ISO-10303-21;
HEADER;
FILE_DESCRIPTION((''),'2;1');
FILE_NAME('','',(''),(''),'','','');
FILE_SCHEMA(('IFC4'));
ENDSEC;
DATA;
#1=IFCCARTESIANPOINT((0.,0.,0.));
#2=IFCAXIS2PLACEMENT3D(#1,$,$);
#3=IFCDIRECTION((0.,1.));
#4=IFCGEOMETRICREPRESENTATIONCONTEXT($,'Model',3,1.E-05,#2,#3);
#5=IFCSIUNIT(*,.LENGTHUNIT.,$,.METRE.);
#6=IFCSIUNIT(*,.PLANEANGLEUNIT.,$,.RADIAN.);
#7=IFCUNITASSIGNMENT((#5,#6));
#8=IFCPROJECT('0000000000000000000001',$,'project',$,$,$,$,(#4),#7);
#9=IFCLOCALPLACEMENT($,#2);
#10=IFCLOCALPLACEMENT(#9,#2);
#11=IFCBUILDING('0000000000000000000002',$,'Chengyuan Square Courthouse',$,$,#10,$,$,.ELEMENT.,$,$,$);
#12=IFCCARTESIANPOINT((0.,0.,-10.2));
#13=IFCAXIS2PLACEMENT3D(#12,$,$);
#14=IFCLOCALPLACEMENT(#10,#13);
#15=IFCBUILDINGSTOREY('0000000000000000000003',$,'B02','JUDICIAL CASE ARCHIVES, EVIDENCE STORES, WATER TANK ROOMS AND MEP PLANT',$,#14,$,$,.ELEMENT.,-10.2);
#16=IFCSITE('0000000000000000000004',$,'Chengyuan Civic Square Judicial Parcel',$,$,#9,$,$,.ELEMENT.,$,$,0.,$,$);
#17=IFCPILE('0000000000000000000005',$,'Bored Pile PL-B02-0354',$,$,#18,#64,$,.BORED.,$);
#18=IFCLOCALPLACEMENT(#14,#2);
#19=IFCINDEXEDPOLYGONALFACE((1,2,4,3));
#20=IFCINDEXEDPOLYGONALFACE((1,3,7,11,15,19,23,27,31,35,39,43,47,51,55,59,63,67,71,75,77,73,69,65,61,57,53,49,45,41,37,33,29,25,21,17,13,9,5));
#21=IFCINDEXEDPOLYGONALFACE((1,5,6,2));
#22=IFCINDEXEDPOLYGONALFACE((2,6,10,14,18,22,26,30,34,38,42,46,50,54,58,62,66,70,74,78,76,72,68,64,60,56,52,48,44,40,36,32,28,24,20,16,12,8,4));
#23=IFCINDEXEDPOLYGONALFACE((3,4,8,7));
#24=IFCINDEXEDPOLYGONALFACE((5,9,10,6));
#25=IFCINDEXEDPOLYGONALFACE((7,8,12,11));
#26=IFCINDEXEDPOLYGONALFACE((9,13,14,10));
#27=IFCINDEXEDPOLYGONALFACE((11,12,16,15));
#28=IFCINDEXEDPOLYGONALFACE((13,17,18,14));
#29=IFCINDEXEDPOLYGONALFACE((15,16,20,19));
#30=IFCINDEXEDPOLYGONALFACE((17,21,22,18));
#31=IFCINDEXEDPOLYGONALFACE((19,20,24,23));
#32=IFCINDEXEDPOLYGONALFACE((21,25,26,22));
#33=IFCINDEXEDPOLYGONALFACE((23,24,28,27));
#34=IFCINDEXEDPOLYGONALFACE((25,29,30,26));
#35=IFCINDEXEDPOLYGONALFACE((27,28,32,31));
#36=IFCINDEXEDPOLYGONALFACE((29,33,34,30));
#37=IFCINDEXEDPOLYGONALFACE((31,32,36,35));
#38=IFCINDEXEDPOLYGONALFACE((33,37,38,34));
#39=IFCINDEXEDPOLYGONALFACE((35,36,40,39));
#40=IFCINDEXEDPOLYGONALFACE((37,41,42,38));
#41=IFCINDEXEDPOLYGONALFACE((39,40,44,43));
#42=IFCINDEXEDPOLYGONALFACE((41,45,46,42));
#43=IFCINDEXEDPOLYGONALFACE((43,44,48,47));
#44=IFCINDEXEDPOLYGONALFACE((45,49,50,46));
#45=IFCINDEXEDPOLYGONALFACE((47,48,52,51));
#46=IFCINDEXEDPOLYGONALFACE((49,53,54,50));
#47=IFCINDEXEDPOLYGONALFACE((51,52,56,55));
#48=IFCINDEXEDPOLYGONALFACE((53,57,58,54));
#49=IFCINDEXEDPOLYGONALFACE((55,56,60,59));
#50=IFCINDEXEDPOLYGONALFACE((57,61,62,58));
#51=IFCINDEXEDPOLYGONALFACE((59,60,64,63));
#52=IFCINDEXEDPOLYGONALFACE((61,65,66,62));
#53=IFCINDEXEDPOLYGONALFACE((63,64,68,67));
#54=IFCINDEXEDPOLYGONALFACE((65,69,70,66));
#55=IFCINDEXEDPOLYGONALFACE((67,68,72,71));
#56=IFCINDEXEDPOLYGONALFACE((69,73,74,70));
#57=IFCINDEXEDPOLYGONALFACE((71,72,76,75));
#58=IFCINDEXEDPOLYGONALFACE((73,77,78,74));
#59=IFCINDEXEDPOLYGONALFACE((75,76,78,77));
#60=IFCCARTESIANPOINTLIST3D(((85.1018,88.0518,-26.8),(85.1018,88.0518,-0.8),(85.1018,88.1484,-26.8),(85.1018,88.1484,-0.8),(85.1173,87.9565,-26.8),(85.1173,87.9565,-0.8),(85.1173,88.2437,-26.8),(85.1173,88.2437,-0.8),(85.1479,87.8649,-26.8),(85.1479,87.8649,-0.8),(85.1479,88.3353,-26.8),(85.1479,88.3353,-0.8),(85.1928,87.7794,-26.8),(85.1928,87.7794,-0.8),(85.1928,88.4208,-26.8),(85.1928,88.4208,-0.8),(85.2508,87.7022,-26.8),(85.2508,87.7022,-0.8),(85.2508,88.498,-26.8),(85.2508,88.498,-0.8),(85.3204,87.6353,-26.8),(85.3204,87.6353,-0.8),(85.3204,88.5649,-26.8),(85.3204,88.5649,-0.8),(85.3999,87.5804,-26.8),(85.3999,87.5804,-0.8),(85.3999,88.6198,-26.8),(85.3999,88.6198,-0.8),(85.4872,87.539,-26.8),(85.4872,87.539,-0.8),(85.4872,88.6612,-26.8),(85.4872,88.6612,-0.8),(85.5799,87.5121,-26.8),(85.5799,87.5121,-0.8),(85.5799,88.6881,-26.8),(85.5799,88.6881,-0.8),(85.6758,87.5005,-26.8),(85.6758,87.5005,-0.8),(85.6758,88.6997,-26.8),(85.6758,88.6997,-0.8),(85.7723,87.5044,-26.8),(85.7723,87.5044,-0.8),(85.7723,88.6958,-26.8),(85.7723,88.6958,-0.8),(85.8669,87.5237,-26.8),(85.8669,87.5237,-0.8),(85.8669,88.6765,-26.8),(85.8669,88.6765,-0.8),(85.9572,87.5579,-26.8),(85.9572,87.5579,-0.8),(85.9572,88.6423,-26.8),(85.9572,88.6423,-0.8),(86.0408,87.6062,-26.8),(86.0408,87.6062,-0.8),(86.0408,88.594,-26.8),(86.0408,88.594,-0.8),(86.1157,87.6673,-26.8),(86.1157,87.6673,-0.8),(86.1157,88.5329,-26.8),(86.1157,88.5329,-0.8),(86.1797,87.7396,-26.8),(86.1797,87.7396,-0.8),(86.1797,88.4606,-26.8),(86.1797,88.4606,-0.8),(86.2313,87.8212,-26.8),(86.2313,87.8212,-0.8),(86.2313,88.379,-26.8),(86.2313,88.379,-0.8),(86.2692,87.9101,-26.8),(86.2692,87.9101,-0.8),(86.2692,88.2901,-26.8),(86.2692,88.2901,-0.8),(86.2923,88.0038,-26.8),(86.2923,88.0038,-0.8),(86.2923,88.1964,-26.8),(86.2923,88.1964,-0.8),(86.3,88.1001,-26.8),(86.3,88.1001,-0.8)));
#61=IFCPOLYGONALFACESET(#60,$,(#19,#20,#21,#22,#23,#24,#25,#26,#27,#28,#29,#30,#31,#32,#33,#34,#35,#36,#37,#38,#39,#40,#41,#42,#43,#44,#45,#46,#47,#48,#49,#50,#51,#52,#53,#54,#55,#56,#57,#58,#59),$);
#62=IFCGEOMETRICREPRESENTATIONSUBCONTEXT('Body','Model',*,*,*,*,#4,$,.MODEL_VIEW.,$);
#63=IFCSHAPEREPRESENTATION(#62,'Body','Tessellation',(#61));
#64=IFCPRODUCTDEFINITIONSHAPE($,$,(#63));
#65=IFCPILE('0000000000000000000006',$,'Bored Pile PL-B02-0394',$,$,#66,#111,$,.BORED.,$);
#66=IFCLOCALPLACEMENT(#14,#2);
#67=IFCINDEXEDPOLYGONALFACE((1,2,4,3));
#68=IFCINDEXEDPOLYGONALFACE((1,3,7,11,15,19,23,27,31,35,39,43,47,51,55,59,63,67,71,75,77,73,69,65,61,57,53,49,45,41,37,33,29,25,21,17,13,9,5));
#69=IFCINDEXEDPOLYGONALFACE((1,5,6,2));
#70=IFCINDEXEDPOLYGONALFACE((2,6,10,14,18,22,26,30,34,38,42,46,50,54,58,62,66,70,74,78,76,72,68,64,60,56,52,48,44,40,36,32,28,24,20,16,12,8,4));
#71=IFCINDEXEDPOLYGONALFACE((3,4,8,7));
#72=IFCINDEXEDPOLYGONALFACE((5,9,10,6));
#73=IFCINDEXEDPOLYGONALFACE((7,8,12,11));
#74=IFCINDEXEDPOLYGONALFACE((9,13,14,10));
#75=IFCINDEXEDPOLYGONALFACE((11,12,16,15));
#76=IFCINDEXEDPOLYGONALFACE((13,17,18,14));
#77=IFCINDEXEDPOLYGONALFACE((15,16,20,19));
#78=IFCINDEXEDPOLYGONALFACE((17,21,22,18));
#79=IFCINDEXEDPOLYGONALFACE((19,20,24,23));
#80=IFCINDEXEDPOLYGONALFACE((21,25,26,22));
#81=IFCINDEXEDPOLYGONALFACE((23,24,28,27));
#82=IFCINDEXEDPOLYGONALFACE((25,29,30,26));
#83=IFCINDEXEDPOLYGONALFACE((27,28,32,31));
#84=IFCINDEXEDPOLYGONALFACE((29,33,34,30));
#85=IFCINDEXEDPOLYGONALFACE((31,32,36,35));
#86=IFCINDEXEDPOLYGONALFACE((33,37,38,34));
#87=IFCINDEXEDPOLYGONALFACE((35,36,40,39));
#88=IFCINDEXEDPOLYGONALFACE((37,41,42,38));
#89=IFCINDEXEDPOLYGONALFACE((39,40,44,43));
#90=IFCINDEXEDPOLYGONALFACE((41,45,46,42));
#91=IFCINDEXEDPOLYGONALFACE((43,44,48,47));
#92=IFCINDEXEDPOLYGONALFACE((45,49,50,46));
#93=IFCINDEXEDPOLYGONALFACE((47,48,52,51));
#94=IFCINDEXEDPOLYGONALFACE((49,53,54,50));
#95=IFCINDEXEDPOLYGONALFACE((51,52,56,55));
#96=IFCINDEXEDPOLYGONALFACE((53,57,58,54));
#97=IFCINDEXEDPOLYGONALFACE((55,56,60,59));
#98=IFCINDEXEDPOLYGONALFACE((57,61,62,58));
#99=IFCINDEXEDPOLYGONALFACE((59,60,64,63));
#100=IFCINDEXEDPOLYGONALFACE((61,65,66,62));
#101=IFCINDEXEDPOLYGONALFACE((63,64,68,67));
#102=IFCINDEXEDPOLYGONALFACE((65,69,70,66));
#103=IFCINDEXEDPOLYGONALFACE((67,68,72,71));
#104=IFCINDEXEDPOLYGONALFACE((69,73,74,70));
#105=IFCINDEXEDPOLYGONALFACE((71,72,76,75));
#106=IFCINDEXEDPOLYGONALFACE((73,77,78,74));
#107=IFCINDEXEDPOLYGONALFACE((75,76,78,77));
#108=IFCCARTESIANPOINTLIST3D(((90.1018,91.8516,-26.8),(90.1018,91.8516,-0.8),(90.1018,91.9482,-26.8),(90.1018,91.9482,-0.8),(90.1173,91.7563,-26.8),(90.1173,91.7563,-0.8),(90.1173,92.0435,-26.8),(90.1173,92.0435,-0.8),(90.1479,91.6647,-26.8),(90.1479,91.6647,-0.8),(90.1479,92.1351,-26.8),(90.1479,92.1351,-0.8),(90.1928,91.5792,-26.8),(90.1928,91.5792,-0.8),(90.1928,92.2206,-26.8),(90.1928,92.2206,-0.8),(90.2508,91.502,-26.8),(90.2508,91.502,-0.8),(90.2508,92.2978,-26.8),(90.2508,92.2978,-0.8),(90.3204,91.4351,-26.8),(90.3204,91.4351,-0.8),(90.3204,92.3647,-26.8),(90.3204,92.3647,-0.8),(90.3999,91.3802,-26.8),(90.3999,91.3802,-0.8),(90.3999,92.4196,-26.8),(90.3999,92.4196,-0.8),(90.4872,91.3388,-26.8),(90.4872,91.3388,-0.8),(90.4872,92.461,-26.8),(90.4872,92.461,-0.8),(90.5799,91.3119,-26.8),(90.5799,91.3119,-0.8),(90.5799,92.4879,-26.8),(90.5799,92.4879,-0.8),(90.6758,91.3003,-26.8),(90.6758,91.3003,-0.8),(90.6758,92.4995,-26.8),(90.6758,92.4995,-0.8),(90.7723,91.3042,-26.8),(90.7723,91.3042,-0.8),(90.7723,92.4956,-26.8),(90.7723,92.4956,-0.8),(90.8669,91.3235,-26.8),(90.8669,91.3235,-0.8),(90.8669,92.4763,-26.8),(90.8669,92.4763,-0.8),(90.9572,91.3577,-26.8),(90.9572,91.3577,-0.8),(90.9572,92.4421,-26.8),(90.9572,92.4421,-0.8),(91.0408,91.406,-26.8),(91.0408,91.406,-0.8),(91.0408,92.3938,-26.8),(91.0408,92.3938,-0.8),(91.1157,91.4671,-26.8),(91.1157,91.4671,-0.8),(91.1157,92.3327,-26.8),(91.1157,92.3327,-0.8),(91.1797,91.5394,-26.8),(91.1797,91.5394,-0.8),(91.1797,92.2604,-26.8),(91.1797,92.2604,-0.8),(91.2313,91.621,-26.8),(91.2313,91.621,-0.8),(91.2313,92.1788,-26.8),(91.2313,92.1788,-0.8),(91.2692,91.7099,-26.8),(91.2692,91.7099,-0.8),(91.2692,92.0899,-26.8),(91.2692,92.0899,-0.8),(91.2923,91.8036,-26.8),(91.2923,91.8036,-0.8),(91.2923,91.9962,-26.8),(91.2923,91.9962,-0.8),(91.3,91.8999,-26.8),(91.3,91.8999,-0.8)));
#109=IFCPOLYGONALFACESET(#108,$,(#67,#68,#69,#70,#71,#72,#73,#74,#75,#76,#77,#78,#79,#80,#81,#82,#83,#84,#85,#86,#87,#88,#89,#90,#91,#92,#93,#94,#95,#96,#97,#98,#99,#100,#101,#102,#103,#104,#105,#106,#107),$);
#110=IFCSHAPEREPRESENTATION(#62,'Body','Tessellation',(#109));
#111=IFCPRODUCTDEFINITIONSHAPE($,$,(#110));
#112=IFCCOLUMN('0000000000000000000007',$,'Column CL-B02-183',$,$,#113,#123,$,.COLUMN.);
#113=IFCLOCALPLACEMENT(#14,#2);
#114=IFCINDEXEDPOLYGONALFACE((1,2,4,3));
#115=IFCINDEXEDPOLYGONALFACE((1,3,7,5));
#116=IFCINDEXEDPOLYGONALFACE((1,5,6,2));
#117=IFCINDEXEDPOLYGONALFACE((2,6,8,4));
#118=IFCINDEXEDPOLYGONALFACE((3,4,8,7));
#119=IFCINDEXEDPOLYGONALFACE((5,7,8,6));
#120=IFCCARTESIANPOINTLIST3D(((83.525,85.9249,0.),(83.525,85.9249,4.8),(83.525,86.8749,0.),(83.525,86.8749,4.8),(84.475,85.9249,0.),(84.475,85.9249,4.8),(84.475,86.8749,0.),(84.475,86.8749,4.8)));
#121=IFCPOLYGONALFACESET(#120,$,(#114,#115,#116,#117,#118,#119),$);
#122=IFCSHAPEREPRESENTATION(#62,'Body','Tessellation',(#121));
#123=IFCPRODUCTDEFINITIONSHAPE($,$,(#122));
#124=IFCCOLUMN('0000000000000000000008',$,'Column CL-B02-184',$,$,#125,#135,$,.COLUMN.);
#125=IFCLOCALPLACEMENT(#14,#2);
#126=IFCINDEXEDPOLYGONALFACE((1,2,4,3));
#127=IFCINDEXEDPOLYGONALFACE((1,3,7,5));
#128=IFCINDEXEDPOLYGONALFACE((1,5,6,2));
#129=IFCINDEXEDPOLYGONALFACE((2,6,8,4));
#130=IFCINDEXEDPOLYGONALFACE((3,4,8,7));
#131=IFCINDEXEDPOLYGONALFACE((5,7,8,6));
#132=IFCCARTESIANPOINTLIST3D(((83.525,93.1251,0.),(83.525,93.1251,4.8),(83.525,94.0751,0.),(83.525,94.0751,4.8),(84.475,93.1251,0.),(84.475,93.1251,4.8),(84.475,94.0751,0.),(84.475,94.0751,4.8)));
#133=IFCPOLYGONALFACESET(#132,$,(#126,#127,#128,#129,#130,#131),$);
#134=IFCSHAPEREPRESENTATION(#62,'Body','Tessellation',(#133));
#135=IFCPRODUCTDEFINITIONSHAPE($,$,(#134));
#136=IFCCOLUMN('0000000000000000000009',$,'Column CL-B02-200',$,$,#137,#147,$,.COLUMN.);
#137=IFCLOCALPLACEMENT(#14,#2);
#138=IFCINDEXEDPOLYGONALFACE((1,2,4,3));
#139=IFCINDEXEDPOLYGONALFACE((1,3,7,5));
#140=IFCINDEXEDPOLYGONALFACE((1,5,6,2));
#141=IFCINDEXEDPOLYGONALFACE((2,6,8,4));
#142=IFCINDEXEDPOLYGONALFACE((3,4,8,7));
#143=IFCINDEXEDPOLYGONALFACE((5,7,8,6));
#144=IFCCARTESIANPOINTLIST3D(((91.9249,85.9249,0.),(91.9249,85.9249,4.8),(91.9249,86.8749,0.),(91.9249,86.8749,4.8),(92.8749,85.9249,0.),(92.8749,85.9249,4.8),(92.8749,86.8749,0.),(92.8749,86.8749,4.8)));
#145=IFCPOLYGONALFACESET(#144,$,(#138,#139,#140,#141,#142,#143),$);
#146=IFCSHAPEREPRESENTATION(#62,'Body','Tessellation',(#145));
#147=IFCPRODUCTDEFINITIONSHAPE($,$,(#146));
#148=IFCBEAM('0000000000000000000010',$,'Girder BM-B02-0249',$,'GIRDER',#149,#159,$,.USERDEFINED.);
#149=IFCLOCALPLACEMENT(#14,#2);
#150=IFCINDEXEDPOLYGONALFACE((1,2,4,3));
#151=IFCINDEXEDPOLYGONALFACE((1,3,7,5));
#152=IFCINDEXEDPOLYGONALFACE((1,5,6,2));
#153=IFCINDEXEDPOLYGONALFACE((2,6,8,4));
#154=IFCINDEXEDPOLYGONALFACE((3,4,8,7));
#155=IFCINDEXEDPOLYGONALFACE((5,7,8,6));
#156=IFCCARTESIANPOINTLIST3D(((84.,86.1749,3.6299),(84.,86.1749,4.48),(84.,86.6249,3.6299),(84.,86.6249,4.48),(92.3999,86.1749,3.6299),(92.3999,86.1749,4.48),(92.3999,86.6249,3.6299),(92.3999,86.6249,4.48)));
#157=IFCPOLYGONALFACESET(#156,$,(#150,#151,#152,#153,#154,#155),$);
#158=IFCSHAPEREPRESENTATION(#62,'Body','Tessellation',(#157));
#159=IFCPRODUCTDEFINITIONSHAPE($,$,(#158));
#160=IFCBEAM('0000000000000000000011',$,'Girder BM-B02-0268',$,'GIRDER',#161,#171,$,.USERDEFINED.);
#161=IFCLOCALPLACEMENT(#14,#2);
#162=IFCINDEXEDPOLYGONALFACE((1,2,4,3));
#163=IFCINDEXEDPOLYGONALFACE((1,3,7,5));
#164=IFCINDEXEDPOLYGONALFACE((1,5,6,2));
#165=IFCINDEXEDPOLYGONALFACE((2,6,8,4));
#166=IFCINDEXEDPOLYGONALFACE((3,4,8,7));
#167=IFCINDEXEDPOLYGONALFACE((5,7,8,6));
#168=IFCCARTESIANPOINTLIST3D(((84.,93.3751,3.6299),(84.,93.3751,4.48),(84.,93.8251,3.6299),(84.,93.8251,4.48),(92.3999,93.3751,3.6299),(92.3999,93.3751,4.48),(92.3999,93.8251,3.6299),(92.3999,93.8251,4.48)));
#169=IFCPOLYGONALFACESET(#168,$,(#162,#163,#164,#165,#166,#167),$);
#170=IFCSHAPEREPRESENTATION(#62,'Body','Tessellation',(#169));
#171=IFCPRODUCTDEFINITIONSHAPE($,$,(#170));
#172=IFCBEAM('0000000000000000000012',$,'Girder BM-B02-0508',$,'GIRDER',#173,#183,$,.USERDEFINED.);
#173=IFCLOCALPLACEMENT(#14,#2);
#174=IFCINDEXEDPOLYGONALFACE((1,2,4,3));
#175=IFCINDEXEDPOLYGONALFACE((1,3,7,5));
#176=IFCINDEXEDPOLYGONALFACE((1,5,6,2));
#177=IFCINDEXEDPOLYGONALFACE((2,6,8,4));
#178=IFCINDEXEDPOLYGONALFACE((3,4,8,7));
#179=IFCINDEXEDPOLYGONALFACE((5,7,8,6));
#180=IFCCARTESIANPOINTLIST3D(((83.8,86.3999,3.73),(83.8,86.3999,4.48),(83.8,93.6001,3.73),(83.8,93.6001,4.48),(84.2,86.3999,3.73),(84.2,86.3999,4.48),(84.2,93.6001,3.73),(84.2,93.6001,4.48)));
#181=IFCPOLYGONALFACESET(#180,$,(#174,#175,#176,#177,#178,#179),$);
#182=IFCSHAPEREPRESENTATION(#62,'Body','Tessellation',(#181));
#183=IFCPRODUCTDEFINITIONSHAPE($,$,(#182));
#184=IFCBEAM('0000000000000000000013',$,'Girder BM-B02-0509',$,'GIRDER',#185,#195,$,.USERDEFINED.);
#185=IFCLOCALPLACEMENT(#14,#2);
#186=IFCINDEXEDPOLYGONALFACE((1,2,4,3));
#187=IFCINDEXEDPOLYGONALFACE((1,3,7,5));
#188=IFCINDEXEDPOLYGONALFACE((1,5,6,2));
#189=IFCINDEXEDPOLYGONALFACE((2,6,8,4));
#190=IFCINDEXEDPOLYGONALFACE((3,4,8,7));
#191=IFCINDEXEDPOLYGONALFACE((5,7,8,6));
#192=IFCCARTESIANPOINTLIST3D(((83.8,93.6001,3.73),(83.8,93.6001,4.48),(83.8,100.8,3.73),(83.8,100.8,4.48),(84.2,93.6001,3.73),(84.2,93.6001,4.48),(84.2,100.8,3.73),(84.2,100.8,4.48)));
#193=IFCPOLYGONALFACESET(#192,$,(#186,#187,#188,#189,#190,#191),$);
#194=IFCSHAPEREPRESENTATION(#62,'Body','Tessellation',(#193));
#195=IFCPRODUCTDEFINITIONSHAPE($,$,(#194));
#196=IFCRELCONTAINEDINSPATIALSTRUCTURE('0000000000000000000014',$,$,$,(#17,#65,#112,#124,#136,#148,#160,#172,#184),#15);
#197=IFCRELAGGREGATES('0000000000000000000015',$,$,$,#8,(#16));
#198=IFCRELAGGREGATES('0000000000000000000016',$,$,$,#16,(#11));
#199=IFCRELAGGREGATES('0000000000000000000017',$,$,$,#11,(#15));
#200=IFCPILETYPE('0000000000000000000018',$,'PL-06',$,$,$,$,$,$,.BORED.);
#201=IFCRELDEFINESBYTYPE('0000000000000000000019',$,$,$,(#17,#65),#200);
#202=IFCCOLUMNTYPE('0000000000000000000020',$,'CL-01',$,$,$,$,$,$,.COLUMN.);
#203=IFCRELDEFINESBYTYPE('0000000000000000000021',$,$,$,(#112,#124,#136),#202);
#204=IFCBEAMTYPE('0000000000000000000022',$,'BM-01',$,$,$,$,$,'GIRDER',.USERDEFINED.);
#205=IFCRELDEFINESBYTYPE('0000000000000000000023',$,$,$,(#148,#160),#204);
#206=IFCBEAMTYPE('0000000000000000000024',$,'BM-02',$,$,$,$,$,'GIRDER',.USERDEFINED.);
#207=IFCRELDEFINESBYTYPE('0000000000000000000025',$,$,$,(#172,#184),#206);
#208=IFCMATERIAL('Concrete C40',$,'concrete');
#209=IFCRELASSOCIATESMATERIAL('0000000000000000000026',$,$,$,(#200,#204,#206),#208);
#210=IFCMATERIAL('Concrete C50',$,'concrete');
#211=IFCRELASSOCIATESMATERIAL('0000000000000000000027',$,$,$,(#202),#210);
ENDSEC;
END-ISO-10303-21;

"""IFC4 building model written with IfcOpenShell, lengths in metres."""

from ifc_helpers import new_model, si_unit, direction, frame, origin, origin_2d, place, context, subcontext, project, spatial, rectangle, circle, extrude, material, material_profile, profile_set, type_object, element, save


model = new_model("IFC4")

# Units and contexts
model_context = context("Model", 3, precision=1e-05, world=origin(), true_north=direction((0.0, 1.0)))
body_context = subcontext(model_context, "Body", "Model", "MODEL_VIEW")
ifc_project = project(units=[si_unit("LENGTHUNIT", "METRE"), si_unit("PLANEANGLEUNIT", "RADIAN")], contexts=[model_context])

# Site, building, storey
site_placement = place(None, origin())
site = spatial("IfcSite", under=ifc_project, at=site_placement, Name="Chengyuan Civic Square Judicial Parcel", CompositionType="ELEMENT", RefElevation=0.0)
building_placement = place(site_placement, origin())
building = spatial("IfcBuilding", under=site, at=building_placement, Name="Chengyuan Square Courthouse", CompositionType="ELEMENT")
storey_placement = place(building_placement, frame((0.0, 0.0, -10.2)))
storey = spatial("IfcBuildingStorey", under=building, at=storey_placement, Name="B02", Description="JUDICIAL CASE ARCHIVES, EVIDENCE STORES, WATER TANK ROOMS AND MEP PLANT", CompositionType="ELEMENT", Elevation=-10.2)

# Shared definitions
ifc_material_1 = material(Name="Concrete C40", Category="concrete")

# Piles
ifc_material_profile_1 = material_profile(ifc_material_1, circle(Radius=0.6001, at=origin_2d()), Name="BORED PILE D1200")
ifc_profile_set_1 = profile_set([ifc_material_profile_1], Name="Concrete C40")
pile_type_1 = type_object("IfcPileType", Name="PL-06", PredefinedType="BORED", material=ifc_profile_set_1)
for number, where, z_axis, x_axis, name in (
    (1, (85.7, 88.1001, -0.8), (0.0, 0.0, -1.0), (1.0, 0.0, 0.0), "Bored Pile PL-B02-0354"),
    (2, (90.7, 91.8999, -0.8), (0.0, 0.0, -1.0), (1.0, 0.0, 0.0), "Bored Pile PL-B02-0394"),
):
    element("IfcPile", number, at=place(storey_placement, frame(where, z_axis=z_axis, x_axis=x_axis)), inside=storey, type_object=pile_type_1, Name=name, PredefinedType="BORED", context=body_context, shape_type="SweptSolid", body=[
        extrude(circle(Radius=0.6001, at=origin_2d()), origin(), (0.0, 0.0, 1.0), 26.0),
    ])

# Columns
ifc_material_2 = material(Name="Concrete C50", Category="concrete")
ifc_material_profile_2 = material_profile(ifc_material_2, rectangle(XDim=0.95, YDim=0.95, at=origin_2d()), Name="RC-COL-950x950")
ifc_profile_set_2 = profile_set([ifc_material_profile_2], Name="Concrete C50")
column_type = type_object("IfcColumnType", Name="CL-01", PredefinedType="COLUMN", material=ifc_profile_set_2)
for number, where, z_axis, x_axis, name in (
    (3, (84.0, 86.3999, 0.0), (0.0, 0.0, 1.0), (1.0, 0.0, 0.0), "Column CL-B02-183"),
    (4, (84.0, 93.6001, 0.0), (0.0, 0.0, 1.0), (1.0, 0.0, 0.0), "Column CL-B02-184"),
    (5, (92.3999, 86.3999, 0.0), (0.0, 0.0, 1.0), (1.0, 0.0, 0.0), "Column CL-B02-200"),
):
    element("IfcColumn", number, at=place(storey_placement, frame(where, z_axis=z_axis, x_axis=x_axis)), inside=storey, type_object=column_type, Name=name, PredefinedType="COLUMN", context=body_context, shape_type="SweptSolid", body=[
        extrude(rectangle(XDim=0.95, YDim=0.95, at=origin_2d()), origin(), (0.0, 0.0, 1.0), 4.8),
    ])

# Beams
ifc_material_profile_3 = material_profile(ifc_material_1, rectangle(XDim=0.45, YDim=0.8501, at=origin_2d()), Name="RC-BM-450x850")
ifc_profile_set_3 = profile_set([ifc_material_profile_3], Name="Concrete C40")
beam_type_1 = type_object("IfcBeamType", Name="BM-01", ElementType="GIRDER", PredefinedType="USERDEFINED", material=ifc_profile_set_3)
for number, where, z_axis, x_axis, name in (
    (6, (84.0, 86.3999, 4.0549), (1.0, 0.0, 0.0), (0.0, 1.0, 0.0), "Girder BM-B02-0249"),
    (7, (84.0, 93.6001, 4.0549), (1.0, 0.0, 0.0), (0.0, 1.0, 0.0), "Girder BM-B02-0268"),
):
    element("IfcBeam", number, at=place(storey_placement, frame(where, z_axis=z_axis, x_axis=x_axis)), inside=storey, type_object=beam_type_1, Name=name, ObjectType="GIRDER", PredefinedType="USERDEFINED", context=body_context, shape_type="SweptSolid", body=[
        extrude(rectangle(XDim=0.45, YDim=0.8501, at=origin_2d()), origin(), (0.0, 0.0, 1.0), 8.3999),
    ])
ifc_material_profile_4 = material_profile(ifc_material_1, rectangle(XDim=0.3999, YDim=0.75, at=origin_2d()), Name="RC-BM-400x750")
ifc_profile_set_4 = profile_set([ifc_material_profile_4], Name="Concrete C40")
beam_type_2 = type_object("IfcBeamType", Name="BM-02", ElementType="GIRDER", PredefinedType="USERDEFINED", material=ifc_profile_set_4)
beam_1_placement = place(storey_placement, frame((84.0, 86.3999, 4.105), z_axis=(0.0, 1.0, 0.0), x_axis=(-1.0, 0.0, 0.0)))
element("IfcBeam", 8, at=beam_1_placement, inside=storey, type_object=beam_type_2, Name="Girder BM-B02-0508", ObjectType="GIRDER", PredefinedType="USERDEFINED", context=body_context, shape_type="SweptSolid", body=[
    extrude(rectangle(XDim=0.3999, YDim=0.75, at=origin_2d()), origin(), (0.0, 0.0, 1.0), 7.2002),
])
beam_2_placement = place(storey_placement, frame((84.0, 93.6001, 4.105), z_axis=(0.0, 1.0, 0.0), x_axis=(-1.0, 0.0, 0.0)))
element("IfcBeam", 9, at=beam_2_placement, inside=storey, type_object=beam_type_2, Name="Girder BM-B02-0509", ObjectType="GIRDER", PredefinedType="USERDEFINED", context=body_context, shape_type="SweptSolid", body=[
    extrude(rectangle(XDim=0.3999, YDim=0.75, at=origin_2d()), origin(), (0.0, 0.0, 1.0), 7.2),
])

save(model, "model.ifc")
